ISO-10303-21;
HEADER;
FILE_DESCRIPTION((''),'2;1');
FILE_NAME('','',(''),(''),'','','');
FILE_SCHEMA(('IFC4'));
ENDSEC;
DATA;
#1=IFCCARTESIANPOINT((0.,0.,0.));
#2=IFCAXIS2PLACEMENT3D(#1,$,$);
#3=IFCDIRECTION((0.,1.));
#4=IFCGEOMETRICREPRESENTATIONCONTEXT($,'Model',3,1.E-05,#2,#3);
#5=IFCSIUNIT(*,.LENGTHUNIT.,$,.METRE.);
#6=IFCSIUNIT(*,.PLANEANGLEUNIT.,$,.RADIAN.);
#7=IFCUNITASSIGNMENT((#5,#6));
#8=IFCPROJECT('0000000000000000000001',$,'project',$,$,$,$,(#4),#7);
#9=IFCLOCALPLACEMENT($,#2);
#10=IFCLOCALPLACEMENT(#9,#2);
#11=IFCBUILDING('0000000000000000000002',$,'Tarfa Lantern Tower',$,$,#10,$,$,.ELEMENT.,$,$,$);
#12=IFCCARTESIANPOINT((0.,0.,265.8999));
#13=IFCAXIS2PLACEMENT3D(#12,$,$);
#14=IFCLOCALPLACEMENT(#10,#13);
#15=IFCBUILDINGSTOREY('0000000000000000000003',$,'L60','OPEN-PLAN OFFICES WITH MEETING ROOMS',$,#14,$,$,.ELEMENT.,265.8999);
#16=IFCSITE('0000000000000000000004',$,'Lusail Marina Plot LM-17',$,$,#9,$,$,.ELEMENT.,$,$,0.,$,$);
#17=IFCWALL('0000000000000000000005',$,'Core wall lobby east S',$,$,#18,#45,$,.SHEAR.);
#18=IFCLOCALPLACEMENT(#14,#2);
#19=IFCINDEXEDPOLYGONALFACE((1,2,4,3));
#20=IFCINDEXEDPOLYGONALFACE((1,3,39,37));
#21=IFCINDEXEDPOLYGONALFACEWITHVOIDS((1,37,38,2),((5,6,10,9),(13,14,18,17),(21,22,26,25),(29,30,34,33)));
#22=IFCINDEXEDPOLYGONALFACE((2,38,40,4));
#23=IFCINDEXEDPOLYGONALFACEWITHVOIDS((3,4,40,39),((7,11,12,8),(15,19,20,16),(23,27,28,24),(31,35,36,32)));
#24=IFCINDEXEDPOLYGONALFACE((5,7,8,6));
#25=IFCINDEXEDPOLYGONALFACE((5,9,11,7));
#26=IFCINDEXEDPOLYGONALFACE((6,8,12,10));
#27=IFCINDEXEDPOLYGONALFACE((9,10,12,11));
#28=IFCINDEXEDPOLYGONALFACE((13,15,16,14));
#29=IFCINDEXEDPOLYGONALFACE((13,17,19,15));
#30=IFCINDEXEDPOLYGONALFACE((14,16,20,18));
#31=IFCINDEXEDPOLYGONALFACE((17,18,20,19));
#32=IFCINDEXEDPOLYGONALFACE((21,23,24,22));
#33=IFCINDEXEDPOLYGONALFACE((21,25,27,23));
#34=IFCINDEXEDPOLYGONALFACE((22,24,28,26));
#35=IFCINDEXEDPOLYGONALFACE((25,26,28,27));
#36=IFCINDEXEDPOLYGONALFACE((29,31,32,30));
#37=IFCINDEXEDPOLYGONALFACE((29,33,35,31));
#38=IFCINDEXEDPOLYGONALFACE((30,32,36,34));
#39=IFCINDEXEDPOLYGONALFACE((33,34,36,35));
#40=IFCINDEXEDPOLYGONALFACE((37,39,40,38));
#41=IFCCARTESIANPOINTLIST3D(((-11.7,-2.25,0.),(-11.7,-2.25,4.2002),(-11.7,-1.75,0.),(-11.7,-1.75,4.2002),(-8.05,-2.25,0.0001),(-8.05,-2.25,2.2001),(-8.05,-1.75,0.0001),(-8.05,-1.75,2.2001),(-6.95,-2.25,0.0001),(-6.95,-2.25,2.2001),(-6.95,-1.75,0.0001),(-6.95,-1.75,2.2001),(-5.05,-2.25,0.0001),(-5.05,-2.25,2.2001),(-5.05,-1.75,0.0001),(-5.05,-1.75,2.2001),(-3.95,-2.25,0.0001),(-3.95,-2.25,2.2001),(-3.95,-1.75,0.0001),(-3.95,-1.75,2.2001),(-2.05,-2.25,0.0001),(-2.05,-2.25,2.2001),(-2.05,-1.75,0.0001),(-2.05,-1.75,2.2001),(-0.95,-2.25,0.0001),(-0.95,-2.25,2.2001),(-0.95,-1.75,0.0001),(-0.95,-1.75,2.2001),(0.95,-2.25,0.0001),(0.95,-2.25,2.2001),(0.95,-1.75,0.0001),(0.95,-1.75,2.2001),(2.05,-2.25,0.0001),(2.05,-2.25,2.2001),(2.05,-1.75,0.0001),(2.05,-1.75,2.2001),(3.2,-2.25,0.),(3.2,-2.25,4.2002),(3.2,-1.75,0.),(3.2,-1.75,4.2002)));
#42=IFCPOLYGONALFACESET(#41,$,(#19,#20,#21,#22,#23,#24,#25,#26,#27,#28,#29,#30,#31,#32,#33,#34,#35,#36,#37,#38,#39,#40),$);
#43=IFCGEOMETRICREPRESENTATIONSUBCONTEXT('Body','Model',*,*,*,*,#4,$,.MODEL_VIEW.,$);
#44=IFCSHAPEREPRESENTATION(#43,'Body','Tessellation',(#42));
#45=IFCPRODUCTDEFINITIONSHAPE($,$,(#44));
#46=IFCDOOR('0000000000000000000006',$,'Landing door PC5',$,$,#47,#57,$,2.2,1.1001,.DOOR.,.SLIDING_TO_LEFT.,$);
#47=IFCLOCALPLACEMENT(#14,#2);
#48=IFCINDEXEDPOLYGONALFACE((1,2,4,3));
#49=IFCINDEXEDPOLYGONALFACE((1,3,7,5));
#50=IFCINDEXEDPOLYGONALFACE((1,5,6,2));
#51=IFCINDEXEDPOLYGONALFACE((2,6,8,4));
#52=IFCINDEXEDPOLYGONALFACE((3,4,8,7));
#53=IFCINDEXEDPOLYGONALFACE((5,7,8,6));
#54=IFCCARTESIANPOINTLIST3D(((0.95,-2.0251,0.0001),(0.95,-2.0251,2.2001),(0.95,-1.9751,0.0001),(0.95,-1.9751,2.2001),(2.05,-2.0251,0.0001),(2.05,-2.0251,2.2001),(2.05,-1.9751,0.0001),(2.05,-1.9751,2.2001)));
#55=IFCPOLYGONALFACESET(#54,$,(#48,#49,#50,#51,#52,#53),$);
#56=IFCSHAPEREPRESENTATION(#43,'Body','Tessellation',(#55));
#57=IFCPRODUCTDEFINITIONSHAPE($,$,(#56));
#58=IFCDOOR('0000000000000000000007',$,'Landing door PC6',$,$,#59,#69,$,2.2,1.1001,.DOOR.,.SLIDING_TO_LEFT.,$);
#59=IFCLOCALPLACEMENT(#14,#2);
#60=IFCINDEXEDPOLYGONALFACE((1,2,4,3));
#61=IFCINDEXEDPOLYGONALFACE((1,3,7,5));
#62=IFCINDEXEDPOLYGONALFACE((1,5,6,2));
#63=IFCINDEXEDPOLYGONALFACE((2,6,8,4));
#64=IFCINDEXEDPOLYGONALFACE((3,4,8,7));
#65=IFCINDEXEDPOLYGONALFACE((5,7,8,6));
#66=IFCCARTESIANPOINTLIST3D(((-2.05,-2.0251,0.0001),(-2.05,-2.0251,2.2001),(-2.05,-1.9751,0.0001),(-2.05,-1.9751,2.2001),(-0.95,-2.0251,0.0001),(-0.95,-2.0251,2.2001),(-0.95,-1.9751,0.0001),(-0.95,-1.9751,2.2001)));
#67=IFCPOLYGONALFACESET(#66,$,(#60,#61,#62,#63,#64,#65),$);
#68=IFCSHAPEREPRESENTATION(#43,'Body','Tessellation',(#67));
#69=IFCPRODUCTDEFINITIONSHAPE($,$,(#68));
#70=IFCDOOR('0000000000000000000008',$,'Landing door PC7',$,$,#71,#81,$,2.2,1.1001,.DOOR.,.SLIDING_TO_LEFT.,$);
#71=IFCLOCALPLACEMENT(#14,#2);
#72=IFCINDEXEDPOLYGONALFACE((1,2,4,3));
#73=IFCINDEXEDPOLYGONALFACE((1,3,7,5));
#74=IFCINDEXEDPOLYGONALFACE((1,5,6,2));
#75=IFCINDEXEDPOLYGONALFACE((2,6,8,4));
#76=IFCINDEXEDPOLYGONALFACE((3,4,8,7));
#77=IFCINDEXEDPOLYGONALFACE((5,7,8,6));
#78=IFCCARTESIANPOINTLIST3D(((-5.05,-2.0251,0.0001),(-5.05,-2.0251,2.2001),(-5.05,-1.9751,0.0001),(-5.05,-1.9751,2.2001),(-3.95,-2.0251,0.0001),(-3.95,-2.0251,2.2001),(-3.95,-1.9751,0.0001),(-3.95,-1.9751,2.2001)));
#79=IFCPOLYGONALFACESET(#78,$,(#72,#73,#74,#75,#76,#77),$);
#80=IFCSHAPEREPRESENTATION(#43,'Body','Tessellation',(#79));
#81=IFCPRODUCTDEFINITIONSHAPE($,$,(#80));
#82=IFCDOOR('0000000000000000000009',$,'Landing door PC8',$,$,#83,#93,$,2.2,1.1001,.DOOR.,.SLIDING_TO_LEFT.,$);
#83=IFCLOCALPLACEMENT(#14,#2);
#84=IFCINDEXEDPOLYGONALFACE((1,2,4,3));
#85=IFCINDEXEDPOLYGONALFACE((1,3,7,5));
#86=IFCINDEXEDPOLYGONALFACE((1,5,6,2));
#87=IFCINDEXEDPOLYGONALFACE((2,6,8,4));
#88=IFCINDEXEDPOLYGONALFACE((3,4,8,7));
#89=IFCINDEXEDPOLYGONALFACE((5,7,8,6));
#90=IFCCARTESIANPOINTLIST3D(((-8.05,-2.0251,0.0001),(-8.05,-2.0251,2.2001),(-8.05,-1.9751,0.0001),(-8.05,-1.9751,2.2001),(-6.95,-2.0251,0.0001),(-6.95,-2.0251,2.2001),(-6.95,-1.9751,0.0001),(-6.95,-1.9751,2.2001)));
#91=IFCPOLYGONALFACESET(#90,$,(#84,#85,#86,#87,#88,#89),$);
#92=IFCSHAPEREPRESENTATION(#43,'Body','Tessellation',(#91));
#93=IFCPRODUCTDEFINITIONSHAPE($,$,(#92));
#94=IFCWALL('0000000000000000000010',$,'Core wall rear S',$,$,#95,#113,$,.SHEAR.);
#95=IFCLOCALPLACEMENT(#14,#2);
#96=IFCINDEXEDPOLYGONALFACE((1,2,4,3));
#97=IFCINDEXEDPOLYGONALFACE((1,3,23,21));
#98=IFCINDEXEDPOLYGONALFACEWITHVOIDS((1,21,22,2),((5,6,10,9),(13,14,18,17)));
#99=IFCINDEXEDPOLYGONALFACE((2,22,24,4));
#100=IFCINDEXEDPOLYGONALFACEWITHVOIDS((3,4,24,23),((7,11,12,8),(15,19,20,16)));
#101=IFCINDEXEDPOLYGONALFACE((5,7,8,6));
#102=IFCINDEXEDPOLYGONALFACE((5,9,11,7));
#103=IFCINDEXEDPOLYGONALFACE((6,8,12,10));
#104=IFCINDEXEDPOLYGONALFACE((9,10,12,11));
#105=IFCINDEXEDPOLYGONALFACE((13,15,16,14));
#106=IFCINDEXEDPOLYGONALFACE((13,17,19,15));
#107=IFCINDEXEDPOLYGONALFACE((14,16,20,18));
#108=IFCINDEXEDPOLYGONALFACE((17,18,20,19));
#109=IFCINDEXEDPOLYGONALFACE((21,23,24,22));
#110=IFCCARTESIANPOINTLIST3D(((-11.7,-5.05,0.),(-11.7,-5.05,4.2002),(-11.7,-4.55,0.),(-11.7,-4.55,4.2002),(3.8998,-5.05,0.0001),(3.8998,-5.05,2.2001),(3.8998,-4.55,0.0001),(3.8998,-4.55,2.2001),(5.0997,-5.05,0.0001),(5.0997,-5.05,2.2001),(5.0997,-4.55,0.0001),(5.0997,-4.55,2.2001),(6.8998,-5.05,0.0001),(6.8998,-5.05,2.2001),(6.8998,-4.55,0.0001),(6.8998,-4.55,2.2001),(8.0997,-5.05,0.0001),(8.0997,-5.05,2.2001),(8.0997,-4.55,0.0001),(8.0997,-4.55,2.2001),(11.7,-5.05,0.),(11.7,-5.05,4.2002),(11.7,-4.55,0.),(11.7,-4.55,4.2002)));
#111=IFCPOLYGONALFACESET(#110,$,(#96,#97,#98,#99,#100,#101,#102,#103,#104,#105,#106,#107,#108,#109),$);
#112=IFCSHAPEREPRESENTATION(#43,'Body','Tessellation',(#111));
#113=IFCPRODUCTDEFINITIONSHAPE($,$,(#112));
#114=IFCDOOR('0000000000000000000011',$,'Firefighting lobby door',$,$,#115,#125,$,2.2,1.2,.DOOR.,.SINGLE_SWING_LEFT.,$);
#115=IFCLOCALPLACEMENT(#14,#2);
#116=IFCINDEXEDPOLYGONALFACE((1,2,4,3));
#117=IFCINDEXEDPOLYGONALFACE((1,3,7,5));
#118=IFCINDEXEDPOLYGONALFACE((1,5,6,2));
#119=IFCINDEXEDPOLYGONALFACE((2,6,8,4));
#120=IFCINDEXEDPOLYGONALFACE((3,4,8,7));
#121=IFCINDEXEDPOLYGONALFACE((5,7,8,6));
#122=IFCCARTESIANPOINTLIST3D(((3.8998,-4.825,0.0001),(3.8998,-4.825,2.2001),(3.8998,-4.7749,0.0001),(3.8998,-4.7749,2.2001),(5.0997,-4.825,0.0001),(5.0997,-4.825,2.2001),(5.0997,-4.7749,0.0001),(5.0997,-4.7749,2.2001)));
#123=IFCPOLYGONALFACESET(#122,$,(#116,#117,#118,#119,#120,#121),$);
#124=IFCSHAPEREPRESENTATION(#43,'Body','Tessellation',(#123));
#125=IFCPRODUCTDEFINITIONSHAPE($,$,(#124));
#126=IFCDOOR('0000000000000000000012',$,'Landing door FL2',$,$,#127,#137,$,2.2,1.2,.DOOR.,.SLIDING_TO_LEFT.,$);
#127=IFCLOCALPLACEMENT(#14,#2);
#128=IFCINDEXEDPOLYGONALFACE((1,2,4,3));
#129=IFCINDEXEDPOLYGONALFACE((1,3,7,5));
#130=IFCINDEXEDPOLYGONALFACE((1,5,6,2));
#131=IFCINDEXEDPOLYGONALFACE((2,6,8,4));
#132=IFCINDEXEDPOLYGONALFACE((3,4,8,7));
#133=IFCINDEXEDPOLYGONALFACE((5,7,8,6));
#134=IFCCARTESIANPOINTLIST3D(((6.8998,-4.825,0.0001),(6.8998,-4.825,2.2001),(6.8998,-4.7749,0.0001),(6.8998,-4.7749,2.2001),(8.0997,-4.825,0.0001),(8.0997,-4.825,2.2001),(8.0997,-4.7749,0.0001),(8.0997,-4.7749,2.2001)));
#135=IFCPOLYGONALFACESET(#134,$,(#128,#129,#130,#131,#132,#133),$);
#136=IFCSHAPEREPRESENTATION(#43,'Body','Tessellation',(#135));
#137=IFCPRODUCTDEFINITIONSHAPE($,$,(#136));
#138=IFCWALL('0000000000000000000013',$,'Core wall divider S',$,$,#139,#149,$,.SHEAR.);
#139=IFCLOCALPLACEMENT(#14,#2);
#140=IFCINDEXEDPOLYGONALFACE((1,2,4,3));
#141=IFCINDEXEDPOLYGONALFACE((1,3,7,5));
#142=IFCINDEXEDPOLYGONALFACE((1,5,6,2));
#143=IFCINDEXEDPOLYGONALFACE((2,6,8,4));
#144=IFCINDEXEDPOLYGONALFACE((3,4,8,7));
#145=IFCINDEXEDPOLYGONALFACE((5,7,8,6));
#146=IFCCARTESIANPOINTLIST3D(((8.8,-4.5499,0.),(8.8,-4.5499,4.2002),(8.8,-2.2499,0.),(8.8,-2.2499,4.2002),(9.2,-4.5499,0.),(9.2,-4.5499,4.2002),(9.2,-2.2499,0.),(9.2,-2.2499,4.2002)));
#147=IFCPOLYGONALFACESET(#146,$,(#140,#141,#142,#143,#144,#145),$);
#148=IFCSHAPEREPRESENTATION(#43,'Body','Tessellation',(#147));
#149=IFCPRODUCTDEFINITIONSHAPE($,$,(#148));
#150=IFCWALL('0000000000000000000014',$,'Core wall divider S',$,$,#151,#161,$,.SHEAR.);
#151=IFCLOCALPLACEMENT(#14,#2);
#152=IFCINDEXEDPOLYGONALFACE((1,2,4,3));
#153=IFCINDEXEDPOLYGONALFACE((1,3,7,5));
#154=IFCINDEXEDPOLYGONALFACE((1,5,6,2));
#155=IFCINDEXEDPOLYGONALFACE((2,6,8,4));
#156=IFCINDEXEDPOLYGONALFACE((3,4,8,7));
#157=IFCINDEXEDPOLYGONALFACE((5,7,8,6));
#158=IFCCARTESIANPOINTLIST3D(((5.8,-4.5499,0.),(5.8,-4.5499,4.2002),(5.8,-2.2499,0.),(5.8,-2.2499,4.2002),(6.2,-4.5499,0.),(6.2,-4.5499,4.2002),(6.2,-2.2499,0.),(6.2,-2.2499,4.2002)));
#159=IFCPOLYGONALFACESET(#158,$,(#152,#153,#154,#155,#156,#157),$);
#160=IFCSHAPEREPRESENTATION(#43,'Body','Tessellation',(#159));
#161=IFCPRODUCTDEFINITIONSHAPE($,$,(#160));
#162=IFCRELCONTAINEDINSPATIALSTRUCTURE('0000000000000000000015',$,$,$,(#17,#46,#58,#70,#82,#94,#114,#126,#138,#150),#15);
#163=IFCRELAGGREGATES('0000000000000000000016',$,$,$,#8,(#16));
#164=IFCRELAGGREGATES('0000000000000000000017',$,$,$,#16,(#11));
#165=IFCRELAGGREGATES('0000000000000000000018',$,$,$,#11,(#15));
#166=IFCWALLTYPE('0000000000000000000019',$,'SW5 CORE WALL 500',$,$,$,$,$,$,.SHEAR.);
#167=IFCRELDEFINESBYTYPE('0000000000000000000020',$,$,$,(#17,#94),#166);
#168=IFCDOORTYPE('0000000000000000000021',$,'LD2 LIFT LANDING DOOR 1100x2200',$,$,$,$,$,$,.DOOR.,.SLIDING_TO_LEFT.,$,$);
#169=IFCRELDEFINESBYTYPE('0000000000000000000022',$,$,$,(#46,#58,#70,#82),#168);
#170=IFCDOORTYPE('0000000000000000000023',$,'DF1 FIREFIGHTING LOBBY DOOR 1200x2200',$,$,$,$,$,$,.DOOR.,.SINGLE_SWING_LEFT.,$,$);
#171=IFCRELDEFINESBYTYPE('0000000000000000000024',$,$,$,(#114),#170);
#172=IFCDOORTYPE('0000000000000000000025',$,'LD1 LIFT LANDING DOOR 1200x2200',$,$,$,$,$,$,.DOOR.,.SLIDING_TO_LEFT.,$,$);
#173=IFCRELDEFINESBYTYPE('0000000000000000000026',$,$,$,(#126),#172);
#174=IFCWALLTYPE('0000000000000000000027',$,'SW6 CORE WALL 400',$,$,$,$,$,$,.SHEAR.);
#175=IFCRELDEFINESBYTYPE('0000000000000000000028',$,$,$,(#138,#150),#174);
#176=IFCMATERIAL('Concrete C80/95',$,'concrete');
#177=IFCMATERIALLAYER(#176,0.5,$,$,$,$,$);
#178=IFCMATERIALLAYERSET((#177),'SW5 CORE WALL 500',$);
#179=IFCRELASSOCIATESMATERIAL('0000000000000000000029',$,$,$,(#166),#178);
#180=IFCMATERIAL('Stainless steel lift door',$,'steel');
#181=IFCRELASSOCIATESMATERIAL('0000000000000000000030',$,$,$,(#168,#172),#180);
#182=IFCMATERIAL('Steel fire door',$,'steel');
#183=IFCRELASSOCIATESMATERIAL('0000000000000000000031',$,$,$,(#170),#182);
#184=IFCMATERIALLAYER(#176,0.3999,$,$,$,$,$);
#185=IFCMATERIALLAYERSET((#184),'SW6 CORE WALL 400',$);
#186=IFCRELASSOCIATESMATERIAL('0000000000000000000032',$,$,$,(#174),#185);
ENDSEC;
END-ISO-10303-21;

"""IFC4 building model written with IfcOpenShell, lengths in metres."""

from ifc_helpers import new_model, si_unit, direction, frame, frame_2d, origin, place, context, subcontext, project, spatial, rectangle, extrude, material, layer, layer_set, type_object, element, fill, save


model = new_model("IFC4")

# Units and contexts
model_context = context("Model", 3, precision=1e-05, world=origin(), true_north=direction((0.0, 1.0)))
body_context = subcontext(model_context, "Body", "Model", "MODEL_VIEW")
ifc_project = project(units=[si_unit("LENGTHUNIT", "METRE"), si_unit("PLANEANGLEUNIT", "RADIAN")], contexts=[model_context])

# Site, building, storey
site_placement = place(None, origin())
site = spatial("IfcSite", under=ifc_project, at=site_placement, Name="Lusail Marina Plot LM-17", CompositionType="ELEMENT", RefElevation=0.0)
building_placement = place(site_placement, origin())
building = spatial("IfcBuilding", under=site, at=building_placement, Name="Tarfa Lantern Tower", CompositionType="ELEMENT")
storey_placement = place(building_placement, frame((0.0, 0.0, 265.8999)))
storey = spatial("IfcBuildingStorey", under=building, at=storey_placement, Name="L60", Description="OPEN-PLAN OFFICES WITH MEETING ROOMS", CompositionType="ELEMENT", Elevation=265.8999)

# Shared definitions
ifc_material_1 = material(Name="Concrete C80/95", Category="concrete")

# Shared definitions
ifc_material_2 = material(Name="Steel fire door", Category="steel")

# Shared definitions
ifc_layer_1 = layer(ifc_material_1, 0.5)
ifc_layer_set_1 = layer_set([ifc_layer_1], Name="SW5 CORE WALL 500")
wall_type_1 = type_object("IfcWallType", Name="SW5 CORE WALL 500", PredefinedType="SHEAR", material=ifc_layer_set_1)

# Walls, openings, doors
wall_1_placement = place(storey_placement, frame((3.2, -2.0, 0.0), z_axis=(0.0, 0.0, 1.0), x_axis=(-1.0, 0.0, 0.0)))
wall_1 = element("IfcWall", 1, at=wall_1_placement, inside=storey, type_object=wall_type_1, Name="Core wall lobby east S", PredefinedType="SHEAR", context=body_context, shape_type="SweptSolid", body=[
    extrude(rectangle(XDim=14.8999, YDim=0.5, at=frame_2d((7.45, 0.0))), origin(), (0.0, 0.0, 1.0), 4.2002),
])
opening_1_placement = place(wall_1_placement, frame((1.1499, 0.0, 0.0)))
opening_1 = element("IfcOpeningElement", 2, at=opening_1_placement, cuts=wall_1, PredefinedType="OPENING", context=body_context, shape_type="SweptSolid", body=[
    extrude(rectangle(XDim=1.1001, YDim=2.2, at=frame_2d((0.55, 1.1001))), frame((0.0, 0.26, 0.0), z_axis=(0.0, -1.0, 0.0), x_axis=(1.0, 0.0, 0.0)), (0.0, 0.0, 1.0), 0.52),
])
opening_2_placement = place(wall_1_placement, frame((4.1499, 0.0, 0.0)))
opening_2 = element("IfcOpeningElement", 3, at=opening_2_placement, cuts=wall_1, PredefinedType="OPENING", context=body_context, shape_type="SweptSolid", body=[
    extrude(rectangle(XDim=1.1001, YDim=2.2, at=frame_2d((0.55, 1.1001))), frame((0.0, 0.26, 0.0), z_axis=(0.0, -1.0, 0.0), x_axis=(1.0, 0.0, 0.0)), (0.0, 0.0, 1.0), 0.52),
])
opening_3_placement = place(wall_1_placement, frame((7.1499, 0.0, 0.0)))
opening_3 = element("IfcOpeningElement", 4, at=opening_3_placement, cuts=wall_1, PredefinedType="OPENING", context=body_context, shape_type="SweptSolid", body=[
    extrude(rectangle(XDim=1.1001, YDim=2.2, at=frame_2d((0.55, 1.1001))), frame((0.0, 0.26, 0.0), z_axis=(0.0, -1.0, 0.0), x_axis=(1.0, 0.0, 0.0)), (0.0, 0.0, 1.0), 0.52),
])
opening_4_placement = place(wall_1_placement, frame((10.1499, 0.0, 0.0)))
opening_4 = element("IfcOpeningElement", 5, at=opening_4_placement, cuts=wall_1, PredefinedType="OPENING", context=body_context, shape_type="SweptSolid", body=[
    extrude(rectangle(XDim=1.1001, YDim=2.2, at=frame_2d((0.55, 1.1001))), frame((0.0, 0.26, 0.0), z_axis=(0.0, -1.0, 0.0), x_axis=(1.0, 0.0, 0.0)), (0.0, 0.0, 1.0), 0.52),
])
ifc_material_3 = material(Name="Stainless steel lift door", Category="steel")
door_type_1 = type_object("IfcDoorType", Name="LD2 LIFT LANDING DOOR 1100x2200", OperationType="SLIDING_TO_LEFT", PredefinedType="DOOR", material=ifc_material_3)
door_1_placement = place(opening_1_placement, frame((1.1001, 0.0, 0.0), z_axis=(0.0, 0.0, 1.0), x_axis=(-1.0, 0.0, 0.0)))
door_1 = element("IfcDoor", 6, at=door_1_placement, inside=storey, type_object=door_type_1, Name="Landing door PC5", OperationType="SLIDING_TO_LEFT", OverallHeight=2.2, OverallWidth=1.1001, PredefinedType="DOOR", context=body_context, shape_type="SweptSolid", body=[
    extrude(rectangle(XDim=1.1001, YDim=2.2, at=frame_2d((0.55, 1.1001))), frame((0.0, 0.0249, 0.0), z_axis=(0.0, -1.0, 0.0), x_axis=(1.0, 0.0, 0.0)), (0.0, 0.0, 1.0), 0.05),
])
fill(opening_1, door_1)
door_2_placement = place(opening_2_placement, frame((1.1001, 0.0, 0.0), z_axis=(0.0, 0.0, 1.0), x_axis=(-1.0, 0.0, 0.0)))
door_2 = element("IfcDoor", 7, at=door_2_placement, inside=storey, type_object=door_type_1, Name="Landing door PC6", OperationType="SLIDING_TO_LEFT", OverallHeight=2.2, OverallWidth=1.1001, PredefinedType="DOOR", context=body_context, shape_type="SweptSolid", body=[
    extrude(rectangle(XDim=1.1001, YDim=2.2, at=frame_2d((0.55, 1.1001))), frame((0.0, 0.0249, 0.0), z_axis=(0.0, -1.0, 0.0), x_axis=(1.0, 0.0, 0.0)), (0.0, 0.0, 1.0), 0.05),
])
fill(opening_2, door_2)
door_3_placement = place(opening_3_placement, frame((1.1001, 0.0, 0.0), z_axis=(0.0, 0.0, 1.0), x_axis=(-1.0, 0.0, 0.0)))
door_3 = element("IfcDoor", 8, at=door_3_placement, inside=storey, type_object=door_type_1, Name="Landing door PC7", OperationType="SLIDING_TO_LEFT", OverallHeight=2.2, OverallWidth=1.1001, PredefinedType="DOOR", context=body_context, shape_type="SweptSolid", body=[
    extrude(rectangle(XDim=1.1001, YDim=2.2, at=frame_2d((0.55, 1.1001))), frame((0.0, 0.0249, 0.0), z_axis=(0.0, -1.0, 0.0), x_axis=(1.0, 0.0, 0.0)), (0.0, 0.0, 1.0), 0.05),
])
fill(opening_3, door_3)
door_4_placement = place(opening_4_placement, frame((1.1001, 0.0, 0.0), z_axis=(0.0, 0.0, 1.0), x_axis=(-1.0, 0.0, 0.0)))
door_4 = element("IfcDoor", 9, at=door_4_placement, inside=storey, type_object=door_type_1, Name="Landing door PC8", OperationType="SLIDING_TO_LEFT", OverallHeight=2.2, OverallWidth=1.1001, PredefinedType="DOOR", context=body_context, shape_type="SweptSolid", body=[
    extrude(rectangle(XDim=1.1001, YDim=2.2, at=frame_2d((0.55, 1.1001))), frame((0.0, 0.0249, 0.0), z_axis=(0.0, -1.0, 0.0), x_axis=(1.0, 0.0, 0.0)), (0.0, 0.0, 1.0), 0.05),
])
fill(opening_4, door_4)
wall_2_placement = place(storey_placement, frame((11.7, -4.8, 0.0), z_axis=(0.0, 0.0, 1.0), x_axis=(-1.0, 0.0, 0.0)))
wall_2 = element("IfcWall", 10, at=wall_2_placement, inside=storey, type_object=wall_type_1, Name="Core wall rear S", PredefinedType="SHEAR", context=body_context, shape_type="SweptSolid", body=[
    extrude(rectangle(XDim=23.3999, YDim=0.5, at=frame_2d((11.7, 0.0))), origin(), (0.0, 0.0, 1.0), 4.2002),
])
opening_5_placement = place(wall_2_placement, frame((6.6001, 0.0, 0.0)))
opening_5 = element("IfcOpeningElement", 11, at=opening_5_placement, cuts=wall_2, PredefinedType="OPENING", context=body_context, shape_type="SweptSolid", body=[
    extrude(rectangle(XDim=1.2, YDim=2.2, at=frame_2d((0.6001, 1.1001))), frame((0.0, 0.26, 0.0), z_axis=(0.0, -1.0, 0.0), x_axis=(1.0, 0.0, 0.0)), (0.0, 0.0, 1.0), 0.52),
])
opening_6_placement = place(wall_2_placement, frame((3.6001, 0.0, 0.0)))
opening_6 = element("IfcOpeningElement", 12, at=opening_6_placement, cuts=wall_2, PredefinedType="OPENING", context=body_context, shape_type="SweptSolid", body=[
    extrude(rectangle(XDim=1.2, YDim=2.2, at=frame_2d((0.6001, 1.1001))), frame((0.0, 0.26, 0.0), z_axis=(0.0, -1.0, 0.0), x_axis=(1.0, 0.0, 0.0)), (0.0, 0.0, 1.0), 0.52),
])
door_type_2 = type_object("IfcDoorType", Name="DF1 FIREFIGHTING LOBBY DOOR 1200x2200", OperationType="SINGLE_SWING_LEFT", PredefinedType="DOOR", material=ifc_material_2)
door_5_placement = place(opening_5_placement, origin())
door_5 = element("IfcDoor", 13, at=door_5_placement, inside=storey, type_object=door_type_2, Name="Firefighting lobby door", OperationType="SINGLE_SWING_LEFT", OverallHeight=2.2, OverallWidth=1.2, PredefinedType="DOOR", context=body_context, shape_type="SweptSolid", body=[
    extrude(rectangle(XDim=1.2, YDim=2.2, at=frame_2d((0.6001, 1.1001))), frame((0.0, 0.0249, 0.0), z_axis=(0.0, -1.0, 0.0), x_axis=(1.0, 0.0, 0.0)), (0.0, 0.0, 1.0), 0.05),
])
fill(opening_5, door_5)
door_type_3 = type_object("IfcDoorType", Name="LD1 LIFT LANDING DOOR 1200x2200", OperationType="SLIDING_TO_LEFT", PredefinedType="DOOR", material=ifc_material_3)
door_6_placement = place(opening_6_placement, origin())
door_6 = element("IfcDoor", 14, at=door_6_placement, inside=storey, type_object=door_type_3, Name="Landing door FL2", OperationType="SLIDING_TO_LEFT", OverallHeight=2.2, OverallWidth=1.2, PredefinedType="DOOR", context=body_context, shape_type="SweptSolid", body=[
    extrude(rectangle(XDim=1.2, YDim=2.2, at=frame_2d((0.6001, 1.1001))), frame((0.0, 0.0249, 0.0), z_axis=(0.0, -1.0, 0.0), x_axis=(1.0, 0.0, 0.0)), (0.0, 0.0, 1.0), 0.05),
])
fill(opening_6, door_6)

# Walls
ifc_layer_2 = layer(ifc_material_1, 0.3999)
ifc_layer_set_2 = layer_set([ifc_layer_2], Name="SW6 CORE WALL 400")
wall_type_2 = type_object("IfcWallType", Name="SW6 CORE WALL 400", PredefinedType="SHEAR", material=ifc_layer_set_2)
for number, where, z_axis, x_axis, name in (
    (15, (9.0, -2.25, 0.0), (0.0, 0.0, 1.0), (0.0, -1.0, 0.0), "Core wall divider S"),
    (16, (6.0, -2.25, 0.0), (0.0, 0.0, 1.0), (0.0, -1.0, 0.0), "Core wall divider S"),
):
    element("IfcWall", number, at=place(storey_placement, frame(where, z_axis=z_axis, x_axis=x_axis)), inside=storey, type_object=wall_type_2, Name=name, PredefinedType="SHEAR", context=body_context, shape_type="SweptSolid", body=[
        extrude(rectangle(XDim=2.3, YDim=0.3999, at=frame_2d((1.1499, 0.0))), origin(), (0.0, 0.0, 1.0), 4.2002),
    ])

save(model, "model.ifc")
